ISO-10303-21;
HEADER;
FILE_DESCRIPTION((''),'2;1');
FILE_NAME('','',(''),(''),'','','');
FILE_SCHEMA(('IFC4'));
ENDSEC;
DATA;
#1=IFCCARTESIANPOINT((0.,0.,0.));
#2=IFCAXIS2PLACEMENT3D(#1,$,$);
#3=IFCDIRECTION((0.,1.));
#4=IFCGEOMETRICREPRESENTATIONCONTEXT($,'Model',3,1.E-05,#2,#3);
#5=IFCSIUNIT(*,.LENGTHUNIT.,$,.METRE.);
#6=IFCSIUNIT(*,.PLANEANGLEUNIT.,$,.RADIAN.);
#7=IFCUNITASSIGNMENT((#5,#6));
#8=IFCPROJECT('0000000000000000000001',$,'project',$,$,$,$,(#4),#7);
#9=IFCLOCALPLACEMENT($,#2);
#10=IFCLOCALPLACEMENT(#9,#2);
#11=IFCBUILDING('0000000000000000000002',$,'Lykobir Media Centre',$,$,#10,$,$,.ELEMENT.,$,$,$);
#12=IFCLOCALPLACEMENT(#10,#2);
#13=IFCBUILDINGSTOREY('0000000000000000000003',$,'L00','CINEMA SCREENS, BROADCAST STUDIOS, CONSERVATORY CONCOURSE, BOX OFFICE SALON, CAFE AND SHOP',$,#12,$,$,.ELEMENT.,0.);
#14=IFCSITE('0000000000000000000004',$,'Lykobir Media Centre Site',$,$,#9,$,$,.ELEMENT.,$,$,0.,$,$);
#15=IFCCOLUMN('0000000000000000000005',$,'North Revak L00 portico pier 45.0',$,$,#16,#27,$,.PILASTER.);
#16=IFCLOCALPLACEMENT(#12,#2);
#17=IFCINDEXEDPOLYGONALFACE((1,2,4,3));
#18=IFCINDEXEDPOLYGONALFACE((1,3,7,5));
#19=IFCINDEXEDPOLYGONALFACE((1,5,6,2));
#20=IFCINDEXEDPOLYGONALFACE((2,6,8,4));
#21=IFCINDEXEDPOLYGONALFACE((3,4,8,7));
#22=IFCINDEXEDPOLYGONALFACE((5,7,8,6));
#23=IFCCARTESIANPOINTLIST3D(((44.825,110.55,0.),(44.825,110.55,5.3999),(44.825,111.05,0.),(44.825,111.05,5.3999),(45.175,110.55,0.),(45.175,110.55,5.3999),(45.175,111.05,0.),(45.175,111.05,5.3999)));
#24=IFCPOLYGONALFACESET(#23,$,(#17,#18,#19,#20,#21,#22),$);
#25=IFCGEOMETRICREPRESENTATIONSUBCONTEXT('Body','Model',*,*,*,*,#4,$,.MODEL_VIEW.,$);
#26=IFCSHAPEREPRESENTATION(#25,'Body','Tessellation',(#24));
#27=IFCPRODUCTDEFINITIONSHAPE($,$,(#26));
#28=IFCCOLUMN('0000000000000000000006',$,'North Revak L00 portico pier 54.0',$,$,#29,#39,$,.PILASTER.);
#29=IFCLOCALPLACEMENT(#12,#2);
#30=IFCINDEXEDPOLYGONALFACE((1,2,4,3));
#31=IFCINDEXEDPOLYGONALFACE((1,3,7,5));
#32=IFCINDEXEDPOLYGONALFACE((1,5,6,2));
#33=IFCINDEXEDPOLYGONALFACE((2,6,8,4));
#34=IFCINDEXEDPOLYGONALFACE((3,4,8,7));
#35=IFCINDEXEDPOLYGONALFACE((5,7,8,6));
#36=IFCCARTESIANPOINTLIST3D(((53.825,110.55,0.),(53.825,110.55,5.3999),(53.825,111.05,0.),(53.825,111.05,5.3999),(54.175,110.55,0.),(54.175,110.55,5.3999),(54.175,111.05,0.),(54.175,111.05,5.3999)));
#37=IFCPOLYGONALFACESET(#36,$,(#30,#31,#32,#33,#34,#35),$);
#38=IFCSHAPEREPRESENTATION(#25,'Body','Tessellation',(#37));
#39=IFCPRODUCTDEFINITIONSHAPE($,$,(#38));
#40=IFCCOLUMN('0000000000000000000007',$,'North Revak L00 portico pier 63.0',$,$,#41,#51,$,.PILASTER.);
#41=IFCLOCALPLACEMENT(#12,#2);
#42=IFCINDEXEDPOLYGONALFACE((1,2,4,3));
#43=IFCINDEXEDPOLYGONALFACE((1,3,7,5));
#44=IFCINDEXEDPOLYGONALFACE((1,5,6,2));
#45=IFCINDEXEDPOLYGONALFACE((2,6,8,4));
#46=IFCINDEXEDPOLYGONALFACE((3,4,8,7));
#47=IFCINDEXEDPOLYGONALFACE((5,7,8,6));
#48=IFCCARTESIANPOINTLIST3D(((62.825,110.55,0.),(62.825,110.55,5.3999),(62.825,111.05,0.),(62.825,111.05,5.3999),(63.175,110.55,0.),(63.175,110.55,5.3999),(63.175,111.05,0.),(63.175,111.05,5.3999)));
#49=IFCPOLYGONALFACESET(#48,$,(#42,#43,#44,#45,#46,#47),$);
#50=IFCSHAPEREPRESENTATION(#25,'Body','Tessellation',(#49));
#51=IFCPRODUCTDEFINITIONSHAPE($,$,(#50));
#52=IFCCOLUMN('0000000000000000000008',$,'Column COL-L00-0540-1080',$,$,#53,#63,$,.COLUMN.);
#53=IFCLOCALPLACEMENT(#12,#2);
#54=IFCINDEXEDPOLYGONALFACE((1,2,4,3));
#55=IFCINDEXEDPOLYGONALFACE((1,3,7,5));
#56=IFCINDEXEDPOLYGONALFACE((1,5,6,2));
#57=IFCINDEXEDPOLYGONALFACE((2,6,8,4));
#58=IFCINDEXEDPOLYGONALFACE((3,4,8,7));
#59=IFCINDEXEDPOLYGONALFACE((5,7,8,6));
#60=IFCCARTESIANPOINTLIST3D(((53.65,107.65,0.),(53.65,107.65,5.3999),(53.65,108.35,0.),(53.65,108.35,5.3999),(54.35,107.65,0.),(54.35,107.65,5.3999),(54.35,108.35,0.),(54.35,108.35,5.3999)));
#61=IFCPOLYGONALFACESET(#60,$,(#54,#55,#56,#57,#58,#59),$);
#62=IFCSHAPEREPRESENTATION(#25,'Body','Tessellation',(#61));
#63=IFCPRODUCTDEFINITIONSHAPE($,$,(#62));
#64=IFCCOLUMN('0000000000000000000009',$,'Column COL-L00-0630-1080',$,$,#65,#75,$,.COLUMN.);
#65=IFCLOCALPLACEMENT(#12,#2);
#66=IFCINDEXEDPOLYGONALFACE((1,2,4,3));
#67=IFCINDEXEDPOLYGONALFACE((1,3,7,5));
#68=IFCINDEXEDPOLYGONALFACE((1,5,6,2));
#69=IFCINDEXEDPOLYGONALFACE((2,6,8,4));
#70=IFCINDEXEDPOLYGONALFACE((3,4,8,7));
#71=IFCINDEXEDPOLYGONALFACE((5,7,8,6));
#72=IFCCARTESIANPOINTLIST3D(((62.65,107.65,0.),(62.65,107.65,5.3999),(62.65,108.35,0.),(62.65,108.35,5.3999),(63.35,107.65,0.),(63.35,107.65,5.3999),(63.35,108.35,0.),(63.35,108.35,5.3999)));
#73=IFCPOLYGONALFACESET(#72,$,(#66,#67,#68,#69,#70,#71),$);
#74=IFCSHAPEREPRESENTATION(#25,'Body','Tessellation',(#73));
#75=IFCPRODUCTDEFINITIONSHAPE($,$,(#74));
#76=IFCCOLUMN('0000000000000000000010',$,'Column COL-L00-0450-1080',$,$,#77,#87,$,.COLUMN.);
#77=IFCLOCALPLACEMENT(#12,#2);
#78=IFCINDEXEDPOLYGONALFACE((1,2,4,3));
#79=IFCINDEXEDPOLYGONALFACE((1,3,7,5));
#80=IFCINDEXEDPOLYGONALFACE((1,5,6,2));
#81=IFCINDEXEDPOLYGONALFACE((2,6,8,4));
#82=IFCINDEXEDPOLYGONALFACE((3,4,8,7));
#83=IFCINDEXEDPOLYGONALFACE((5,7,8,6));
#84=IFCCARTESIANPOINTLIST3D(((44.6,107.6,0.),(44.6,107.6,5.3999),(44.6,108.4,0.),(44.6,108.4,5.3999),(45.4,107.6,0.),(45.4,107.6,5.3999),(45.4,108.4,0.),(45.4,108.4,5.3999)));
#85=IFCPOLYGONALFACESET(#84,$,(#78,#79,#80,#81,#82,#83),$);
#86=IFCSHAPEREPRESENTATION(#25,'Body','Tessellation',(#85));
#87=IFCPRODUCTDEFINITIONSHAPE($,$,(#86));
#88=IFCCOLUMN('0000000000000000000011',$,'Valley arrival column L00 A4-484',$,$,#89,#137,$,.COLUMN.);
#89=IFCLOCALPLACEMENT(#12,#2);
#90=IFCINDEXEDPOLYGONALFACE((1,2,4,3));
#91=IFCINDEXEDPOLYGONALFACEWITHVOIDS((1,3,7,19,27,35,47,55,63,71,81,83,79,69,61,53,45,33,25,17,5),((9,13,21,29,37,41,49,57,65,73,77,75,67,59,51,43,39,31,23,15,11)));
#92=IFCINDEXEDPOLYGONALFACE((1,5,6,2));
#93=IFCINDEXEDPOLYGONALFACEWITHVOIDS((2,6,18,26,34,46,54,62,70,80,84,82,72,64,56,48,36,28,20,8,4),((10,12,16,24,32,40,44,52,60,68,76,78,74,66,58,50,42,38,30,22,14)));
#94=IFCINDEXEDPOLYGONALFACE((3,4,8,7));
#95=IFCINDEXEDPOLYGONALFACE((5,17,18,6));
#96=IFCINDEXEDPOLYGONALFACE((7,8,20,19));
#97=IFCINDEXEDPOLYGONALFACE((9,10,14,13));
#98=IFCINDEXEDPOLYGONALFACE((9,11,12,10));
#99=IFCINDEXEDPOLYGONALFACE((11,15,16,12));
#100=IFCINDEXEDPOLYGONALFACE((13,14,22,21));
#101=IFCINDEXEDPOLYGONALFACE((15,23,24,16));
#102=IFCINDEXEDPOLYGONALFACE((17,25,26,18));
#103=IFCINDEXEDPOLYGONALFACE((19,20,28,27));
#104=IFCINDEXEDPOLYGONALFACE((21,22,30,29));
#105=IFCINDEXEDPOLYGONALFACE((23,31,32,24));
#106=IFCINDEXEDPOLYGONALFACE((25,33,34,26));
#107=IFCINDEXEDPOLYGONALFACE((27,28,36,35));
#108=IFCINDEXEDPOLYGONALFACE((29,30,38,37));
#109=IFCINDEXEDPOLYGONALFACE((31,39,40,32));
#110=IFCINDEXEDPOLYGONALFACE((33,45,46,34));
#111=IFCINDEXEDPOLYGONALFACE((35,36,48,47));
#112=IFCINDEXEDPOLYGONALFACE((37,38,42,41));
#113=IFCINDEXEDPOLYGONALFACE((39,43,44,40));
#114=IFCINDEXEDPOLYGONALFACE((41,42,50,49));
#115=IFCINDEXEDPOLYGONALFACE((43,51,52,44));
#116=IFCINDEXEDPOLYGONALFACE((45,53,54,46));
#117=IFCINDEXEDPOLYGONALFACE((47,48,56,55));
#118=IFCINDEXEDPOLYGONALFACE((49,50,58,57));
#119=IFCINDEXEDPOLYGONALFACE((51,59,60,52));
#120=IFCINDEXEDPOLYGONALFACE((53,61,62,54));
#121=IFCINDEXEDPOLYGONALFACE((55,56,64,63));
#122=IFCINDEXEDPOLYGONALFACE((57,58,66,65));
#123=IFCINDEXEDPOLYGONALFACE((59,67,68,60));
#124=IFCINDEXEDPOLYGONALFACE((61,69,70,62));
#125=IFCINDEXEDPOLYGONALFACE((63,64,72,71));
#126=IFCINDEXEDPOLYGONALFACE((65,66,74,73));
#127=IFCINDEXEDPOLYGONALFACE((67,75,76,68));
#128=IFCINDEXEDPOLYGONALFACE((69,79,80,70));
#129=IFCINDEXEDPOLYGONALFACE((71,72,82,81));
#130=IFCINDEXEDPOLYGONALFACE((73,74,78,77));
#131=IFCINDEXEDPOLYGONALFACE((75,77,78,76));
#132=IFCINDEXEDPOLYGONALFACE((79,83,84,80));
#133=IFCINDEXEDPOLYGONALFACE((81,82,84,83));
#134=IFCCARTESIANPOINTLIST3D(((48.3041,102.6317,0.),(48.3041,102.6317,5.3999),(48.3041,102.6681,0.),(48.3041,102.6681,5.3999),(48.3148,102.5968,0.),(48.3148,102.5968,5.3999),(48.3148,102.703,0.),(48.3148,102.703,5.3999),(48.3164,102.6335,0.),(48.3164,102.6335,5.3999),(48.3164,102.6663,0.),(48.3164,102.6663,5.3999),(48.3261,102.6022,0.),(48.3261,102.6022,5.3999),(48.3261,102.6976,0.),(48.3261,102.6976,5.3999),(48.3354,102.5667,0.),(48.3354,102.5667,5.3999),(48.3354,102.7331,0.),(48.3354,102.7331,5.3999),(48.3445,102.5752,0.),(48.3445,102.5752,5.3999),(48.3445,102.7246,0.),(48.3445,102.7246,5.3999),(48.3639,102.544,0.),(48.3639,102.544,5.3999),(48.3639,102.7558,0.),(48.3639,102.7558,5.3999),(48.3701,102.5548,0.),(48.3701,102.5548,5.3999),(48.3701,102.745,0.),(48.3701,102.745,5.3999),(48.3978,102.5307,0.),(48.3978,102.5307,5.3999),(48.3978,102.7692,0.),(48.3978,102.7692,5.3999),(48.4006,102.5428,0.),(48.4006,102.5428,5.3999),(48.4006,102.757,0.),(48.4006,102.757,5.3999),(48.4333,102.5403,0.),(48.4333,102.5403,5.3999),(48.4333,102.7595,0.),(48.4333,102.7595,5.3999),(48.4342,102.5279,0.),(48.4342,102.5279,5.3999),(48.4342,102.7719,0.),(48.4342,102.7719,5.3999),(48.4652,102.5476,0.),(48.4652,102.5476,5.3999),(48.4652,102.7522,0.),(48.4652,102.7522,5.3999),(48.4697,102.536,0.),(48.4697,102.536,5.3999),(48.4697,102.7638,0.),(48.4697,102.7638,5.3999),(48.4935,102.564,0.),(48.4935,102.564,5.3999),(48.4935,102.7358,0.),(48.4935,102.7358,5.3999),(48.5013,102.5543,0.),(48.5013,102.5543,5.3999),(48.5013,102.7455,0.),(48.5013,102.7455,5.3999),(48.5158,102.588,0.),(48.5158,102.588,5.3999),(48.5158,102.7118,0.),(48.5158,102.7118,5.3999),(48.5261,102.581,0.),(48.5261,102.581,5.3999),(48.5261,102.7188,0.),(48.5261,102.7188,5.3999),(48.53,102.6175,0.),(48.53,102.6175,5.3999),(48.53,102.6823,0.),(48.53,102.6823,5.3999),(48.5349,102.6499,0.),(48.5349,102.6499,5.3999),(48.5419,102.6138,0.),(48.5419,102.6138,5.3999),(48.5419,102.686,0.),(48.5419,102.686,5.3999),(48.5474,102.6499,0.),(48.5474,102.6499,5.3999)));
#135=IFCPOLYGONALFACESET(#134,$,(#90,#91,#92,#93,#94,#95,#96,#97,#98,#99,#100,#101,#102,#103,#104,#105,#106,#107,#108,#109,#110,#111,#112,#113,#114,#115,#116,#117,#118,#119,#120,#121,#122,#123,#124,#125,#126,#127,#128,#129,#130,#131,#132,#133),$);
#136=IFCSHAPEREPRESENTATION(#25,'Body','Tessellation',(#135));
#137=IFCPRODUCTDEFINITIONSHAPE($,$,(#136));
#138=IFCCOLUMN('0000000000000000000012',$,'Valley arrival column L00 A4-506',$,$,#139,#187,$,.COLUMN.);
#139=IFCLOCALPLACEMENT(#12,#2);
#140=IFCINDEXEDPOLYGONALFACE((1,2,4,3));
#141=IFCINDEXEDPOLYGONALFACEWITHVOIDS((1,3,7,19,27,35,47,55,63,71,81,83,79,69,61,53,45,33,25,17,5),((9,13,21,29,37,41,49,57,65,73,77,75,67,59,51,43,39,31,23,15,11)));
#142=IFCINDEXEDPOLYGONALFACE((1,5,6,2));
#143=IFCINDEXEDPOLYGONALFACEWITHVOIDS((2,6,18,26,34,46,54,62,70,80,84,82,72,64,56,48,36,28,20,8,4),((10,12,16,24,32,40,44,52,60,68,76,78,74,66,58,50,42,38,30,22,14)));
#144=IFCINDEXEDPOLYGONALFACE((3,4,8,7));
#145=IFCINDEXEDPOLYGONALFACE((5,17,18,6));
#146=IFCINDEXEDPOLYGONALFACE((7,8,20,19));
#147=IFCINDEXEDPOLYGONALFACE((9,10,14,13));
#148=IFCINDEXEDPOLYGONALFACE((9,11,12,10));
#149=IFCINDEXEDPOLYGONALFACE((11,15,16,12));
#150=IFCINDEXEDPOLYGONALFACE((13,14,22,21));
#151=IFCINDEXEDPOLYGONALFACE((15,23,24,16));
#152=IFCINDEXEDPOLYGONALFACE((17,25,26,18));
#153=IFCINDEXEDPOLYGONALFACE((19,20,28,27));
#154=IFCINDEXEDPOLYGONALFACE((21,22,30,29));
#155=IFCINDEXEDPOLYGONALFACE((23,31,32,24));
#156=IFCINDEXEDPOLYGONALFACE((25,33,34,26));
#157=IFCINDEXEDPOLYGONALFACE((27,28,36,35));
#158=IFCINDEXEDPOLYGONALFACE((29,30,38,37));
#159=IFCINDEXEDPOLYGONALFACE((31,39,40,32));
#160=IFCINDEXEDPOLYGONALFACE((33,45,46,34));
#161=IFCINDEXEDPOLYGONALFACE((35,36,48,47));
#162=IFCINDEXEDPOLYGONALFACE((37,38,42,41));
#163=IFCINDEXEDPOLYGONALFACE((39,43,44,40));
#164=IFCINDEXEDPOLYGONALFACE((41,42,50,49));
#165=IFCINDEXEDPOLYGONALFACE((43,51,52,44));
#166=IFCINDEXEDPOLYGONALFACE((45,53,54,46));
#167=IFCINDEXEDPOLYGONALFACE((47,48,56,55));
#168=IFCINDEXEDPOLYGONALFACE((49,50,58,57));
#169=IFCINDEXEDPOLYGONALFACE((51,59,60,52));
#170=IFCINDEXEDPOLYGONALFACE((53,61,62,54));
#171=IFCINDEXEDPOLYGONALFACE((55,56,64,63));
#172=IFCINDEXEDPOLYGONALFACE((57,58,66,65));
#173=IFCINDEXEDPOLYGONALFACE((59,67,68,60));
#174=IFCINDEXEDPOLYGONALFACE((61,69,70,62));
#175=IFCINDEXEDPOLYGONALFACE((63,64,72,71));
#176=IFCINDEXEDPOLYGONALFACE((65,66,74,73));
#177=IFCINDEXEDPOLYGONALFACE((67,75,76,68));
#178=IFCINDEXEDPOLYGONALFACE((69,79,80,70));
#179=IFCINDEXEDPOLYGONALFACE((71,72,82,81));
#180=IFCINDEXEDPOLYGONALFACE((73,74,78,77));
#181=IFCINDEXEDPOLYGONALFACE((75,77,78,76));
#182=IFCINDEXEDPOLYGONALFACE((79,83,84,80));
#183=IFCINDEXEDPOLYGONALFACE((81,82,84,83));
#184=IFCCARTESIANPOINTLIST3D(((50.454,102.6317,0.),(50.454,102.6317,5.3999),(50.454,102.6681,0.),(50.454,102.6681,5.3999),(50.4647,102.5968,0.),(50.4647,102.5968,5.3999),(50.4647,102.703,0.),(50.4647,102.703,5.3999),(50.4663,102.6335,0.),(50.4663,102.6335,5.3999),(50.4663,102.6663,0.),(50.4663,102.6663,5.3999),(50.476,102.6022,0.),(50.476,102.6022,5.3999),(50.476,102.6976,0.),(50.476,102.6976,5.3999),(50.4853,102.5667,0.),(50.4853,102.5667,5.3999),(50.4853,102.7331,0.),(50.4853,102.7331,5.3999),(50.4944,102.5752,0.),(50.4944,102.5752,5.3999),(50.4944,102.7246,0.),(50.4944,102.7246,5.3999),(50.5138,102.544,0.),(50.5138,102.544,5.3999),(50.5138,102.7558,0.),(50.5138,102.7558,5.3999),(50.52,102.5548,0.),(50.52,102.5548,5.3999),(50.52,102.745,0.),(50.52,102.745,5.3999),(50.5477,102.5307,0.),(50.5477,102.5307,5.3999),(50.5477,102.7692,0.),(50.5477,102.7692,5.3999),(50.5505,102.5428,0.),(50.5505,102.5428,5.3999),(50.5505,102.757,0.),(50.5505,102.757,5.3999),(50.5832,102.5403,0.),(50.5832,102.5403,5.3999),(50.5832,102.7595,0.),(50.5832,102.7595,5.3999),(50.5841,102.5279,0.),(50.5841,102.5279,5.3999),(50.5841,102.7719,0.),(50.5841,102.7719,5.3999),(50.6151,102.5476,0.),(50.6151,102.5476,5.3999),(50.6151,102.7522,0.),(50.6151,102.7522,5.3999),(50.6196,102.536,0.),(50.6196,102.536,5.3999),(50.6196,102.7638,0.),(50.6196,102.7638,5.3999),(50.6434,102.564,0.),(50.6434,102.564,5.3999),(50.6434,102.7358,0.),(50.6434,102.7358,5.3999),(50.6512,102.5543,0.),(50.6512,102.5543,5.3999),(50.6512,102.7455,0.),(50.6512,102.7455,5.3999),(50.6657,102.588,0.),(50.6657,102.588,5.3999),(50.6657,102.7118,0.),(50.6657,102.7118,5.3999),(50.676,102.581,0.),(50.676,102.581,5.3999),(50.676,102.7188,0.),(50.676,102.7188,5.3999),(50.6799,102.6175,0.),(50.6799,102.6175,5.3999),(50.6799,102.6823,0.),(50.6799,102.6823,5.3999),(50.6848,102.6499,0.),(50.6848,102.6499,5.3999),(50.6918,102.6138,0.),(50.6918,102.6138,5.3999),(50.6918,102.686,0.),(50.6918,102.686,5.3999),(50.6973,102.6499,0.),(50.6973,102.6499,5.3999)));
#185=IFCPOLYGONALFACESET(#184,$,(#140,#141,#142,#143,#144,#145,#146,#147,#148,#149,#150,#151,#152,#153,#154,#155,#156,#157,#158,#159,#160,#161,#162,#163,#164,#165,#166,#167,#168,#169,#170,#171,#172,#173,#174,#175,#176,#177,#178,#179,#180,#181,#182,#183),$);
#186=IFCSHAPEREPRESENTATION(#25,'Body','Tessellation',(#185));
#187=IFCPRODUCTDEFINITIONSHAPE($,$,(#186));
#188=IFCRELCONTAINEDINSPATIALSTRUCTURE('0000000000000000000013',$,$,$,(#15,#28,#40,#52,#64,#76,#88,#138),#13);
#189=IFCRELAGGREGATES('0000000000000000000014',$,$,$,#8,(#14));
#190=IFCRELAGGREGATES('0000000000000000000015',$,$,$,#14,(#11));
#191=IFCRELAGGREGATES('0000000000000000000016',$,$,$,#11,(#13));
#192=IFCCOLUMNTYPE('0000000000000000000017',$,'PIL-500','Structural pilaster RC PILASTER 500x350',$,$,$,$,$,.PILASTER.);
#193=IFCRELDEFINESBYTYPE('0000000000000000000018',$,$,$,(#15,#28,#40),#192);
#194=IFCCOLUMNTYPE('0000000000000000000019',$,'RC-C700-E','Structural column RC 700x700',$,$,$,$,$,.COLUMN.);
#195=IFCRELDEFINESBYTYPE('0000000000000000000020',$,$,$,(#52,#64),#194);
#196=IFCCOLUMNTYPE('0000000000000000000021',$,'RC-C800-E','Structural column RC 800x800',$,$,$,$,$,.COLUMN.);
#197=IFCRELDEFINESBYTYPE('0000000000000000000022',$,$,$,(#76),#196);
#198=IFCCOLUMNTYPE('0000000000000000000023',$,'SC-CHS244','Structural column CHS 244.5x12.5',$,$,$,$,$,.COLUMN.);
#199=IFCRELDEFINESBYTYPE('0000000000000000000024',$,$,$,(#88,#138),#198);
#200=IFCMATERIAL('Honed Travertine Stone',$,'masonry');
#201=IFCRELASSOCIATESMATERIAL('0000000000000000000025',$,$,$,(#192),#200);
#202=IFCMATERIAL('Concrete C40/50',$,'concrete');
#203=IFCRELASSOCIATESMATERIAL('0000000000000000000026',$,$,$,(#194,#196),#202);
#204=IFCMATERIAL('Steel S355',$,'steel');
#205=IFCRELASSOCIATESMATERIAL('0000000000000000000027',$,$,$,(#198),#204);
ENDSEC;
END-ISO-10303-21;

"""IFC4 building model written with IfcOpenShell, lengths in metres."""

from ifc_helpers import new_model, si_unit, direction, frame, origin, origin_2d, place, context, subcontext, project, spatial, rectangle, hollow_circle, extrude, material, material_profile, profile_set, type_object, element, save


model = new_model("IFC4")

# Units and contexts
model_context = context("Model", 3, precision=1e-05, world=origin(), true_north=direction((0.0, 1.0)))
body_context = subcontext(model_context, "Body", "Model", "MODEL_VIEW")
ifc_project = project(units=[si_unit("LENGTHUNIT", "METRE"), si_unit("PLANEANGLEUNIT", "RADIAN")], contexts=[model_context])

# Site, building, storey
site_placement = place(None, origin())
site = spatial("IfcSite", under=ifc_project, at=site_placement, Name="Lykobir Media Centre Site", CompositionType="ELEMENT", RefElevation=0.0)
building_placement = place(site_placement, origin())
building = spatial("IfcBuilding", under=site, at=building_placement, Name="Lykobir Media Centre", CompositionType="ELEMENT")
storey_placement = place(building_placement, origin())
storey = spatial("IfcBuildingStorey", under=building, at=storey_placement, Name="L00", Description="CINEMA SCREENS, BROADCAST STUDIOS, CONSERVATORY CONCOURSE, BOX OFFICE SALON, CAFE AND SHOP", CompositionType="ELEMENT", Elevation=0.0)

# Columns
ifc_material_1 = material(Name="Honed Travertine Stone", Category="masonry")
ifc_material_profile_1 = material_profile(ifc_material_1, rectangle(XDim=0.3501, YDim=0.5, at=origin_2d()), Name="RC PILASTER 500x350")
ifc_profile_set_1 = profile_set([ifc_material_profile_1], Name="Honed Travertine Stone")
column_type_1 = type_object("IfcColumnType", Name="PIL-500", Description="Structural pilaster RC PILASTER 500x350", PredefinedType="PILASTER", material=ifc_profile_set_1)
for number, where, z_axis, x_axis, name in (
    (1, (45.0, 110.8, 0.0), (0.0, 0.0, 1.0), (1.0, 0.0, 0.0), "North Revak L00 portico pier 45.0"),
    (2, (54.0, 110.8, 0.0), (0.0, 0.0, 1.0), (1.0, 0.0, 0.0), "North Revak L00 portico pier 54.0"),
    (3, (63.0, 110.8, 0.0), (0.0, 0.0, 1.0), (1.0, 0.0, 0.0), "North Revak L00 portico pier 63.0"),
):
    element("IfcColumn", number, at=place(storey_placement, frame(where, z_axis=z_axis, x_axis=x_axis)), inside=storey, type_object=column_type_1, Name=name, PredefinedType="PILASTER", context=body_context, shape_type="SweptSolid", body=[
        extrude(rectangle(XDim=0.3501, YDim=0.5, at=origin_2d()), origin(), (0.0, 0.0, 1.0), 5.3999),
    ])
ifc_material_2 = material(Name="Concrete C40/50", Category="concrete")
ifc_material_profile_2 = material_profile(ifc_material_2, rectangle(XDim=0.7, YDim=0.7, at=origin_2d()), Name="RC 700x700")
ifc_profile_set_2 = profile_set([ifc_material_profile_2], Name="Concrete C40/50")
column_type_2 = type_object("IfcColumnType", Name="RC-C700-E", Description="Structural column RC 700x700", PredefinedType="COLUMN", material=ifc_profile_set_2)
for number, where, z_axis, x_axis, name in (
    (4, (54.0, 108.0, 0.0), (0.0, 0.0, 1.0), (1.0, 0.0, 0.0), "Column COL-L00-0540-1080"),
    (5, (63.0, 108.0, 0.0), (0.0, 0.0, 1.0), (1.0, 0.0, 0.0), "Column COL-L00-0630-1080"),
):
    element("IfcColumn", number, at=place(storey_placement, frame(where, z_axis=z_axis, x_axis=x_axis)), inside=storey, type_object=column_type_2, Name=name, PredefinedType="COLUMN", context=body_context, shape_type="SweptSolid", body=[
        extrude(rectangle(XDim=0.7, YDim=0.7, at=origin_2d()), origin(), (0.0, 0.0, 1.0), 5.3999),
    ])
ifc_material_profile_3 = material_profile(ifc_material_2, rectangle(XDim=0.8, YDim=0.8, at=origin_2d()), Name="RC 800x800")
ifc_profile_set_3 = profile_set([ifc_material_profile_3], Name="Concrete C40/50")
column_type_3 = type_object("IfcColumnType", Name="RC-C800-E", Description="Structural column RC 800x800", PredefinedType="COLUMN", material=ifc_profile_set_3)
column_placement = place(storey_placement, frame((45.0, 108.0, 0.0), z_axis=(0.0, 0.0, 1.0), x_axis=(1.0, 0.0, 0.0)))
element("IfcColumn", 6, at=column_placement, inside=storey, type_object=column_type_3, Name="Column COL-L00-0450-1080", PredefinedType="COLUMN", context=body_context, shape_type="SweptSolid", body=[
    extrude(rectangle(XDim=0.8, YDim=0.8, at=origin_2d()), origin(), (0.0, 0.0, 1.0), 5.3999),
])
ifc_material_3 = material(Name="Steel S355", Category="steel")
ifc_material_profile_4 = material_profile(ifc_material_3, hollow_circle(Radius=0.1223, WallThickness=0.0125, at=origin_2d()), Name="CHS 244.5x12.5")
ifc_profile_set_4 = profile_set([ifc_material_profile_4], Name="Steel S355")
column_type_4 = type_object("IfcColumnType", Name="SC-CHS244", Description="Structural column CHS 244.5x12.5", PredefinedType="COLUMN", material=ifc_profile_set_4)
for number, where, z_axis, x_axis, name in (
    (7, (48.425, 102.6499, 0.0), (0.0, 0.0, 1.0), (1.0, 0.0, 0.0), "Valley arrival column L00 A4-484"),
    (8, (50.575, 102.6499, 0.0), (0.0, 0.0, 1.0), (1.0, 0.0, 0.0), "Valley arrival column L00 A4-506"),
):
    element("IfcColumn", number, at=place(storey_placement, frame(where, z_axis=z_axis, x_axis=x_axis)), inside=storey, type_object=column_type_4, Name=name, PredefinedType="COLUMN", context=body_context, shape_type="SweptSolid", body=[
        extrude(hollow_circle(Radius=0.1223, WallThickness=0.0125, at=origin_2d()), origin(), (0.0, 0.0, 1.0), 5.3999),
    ])

save(model, "model.ifc")
